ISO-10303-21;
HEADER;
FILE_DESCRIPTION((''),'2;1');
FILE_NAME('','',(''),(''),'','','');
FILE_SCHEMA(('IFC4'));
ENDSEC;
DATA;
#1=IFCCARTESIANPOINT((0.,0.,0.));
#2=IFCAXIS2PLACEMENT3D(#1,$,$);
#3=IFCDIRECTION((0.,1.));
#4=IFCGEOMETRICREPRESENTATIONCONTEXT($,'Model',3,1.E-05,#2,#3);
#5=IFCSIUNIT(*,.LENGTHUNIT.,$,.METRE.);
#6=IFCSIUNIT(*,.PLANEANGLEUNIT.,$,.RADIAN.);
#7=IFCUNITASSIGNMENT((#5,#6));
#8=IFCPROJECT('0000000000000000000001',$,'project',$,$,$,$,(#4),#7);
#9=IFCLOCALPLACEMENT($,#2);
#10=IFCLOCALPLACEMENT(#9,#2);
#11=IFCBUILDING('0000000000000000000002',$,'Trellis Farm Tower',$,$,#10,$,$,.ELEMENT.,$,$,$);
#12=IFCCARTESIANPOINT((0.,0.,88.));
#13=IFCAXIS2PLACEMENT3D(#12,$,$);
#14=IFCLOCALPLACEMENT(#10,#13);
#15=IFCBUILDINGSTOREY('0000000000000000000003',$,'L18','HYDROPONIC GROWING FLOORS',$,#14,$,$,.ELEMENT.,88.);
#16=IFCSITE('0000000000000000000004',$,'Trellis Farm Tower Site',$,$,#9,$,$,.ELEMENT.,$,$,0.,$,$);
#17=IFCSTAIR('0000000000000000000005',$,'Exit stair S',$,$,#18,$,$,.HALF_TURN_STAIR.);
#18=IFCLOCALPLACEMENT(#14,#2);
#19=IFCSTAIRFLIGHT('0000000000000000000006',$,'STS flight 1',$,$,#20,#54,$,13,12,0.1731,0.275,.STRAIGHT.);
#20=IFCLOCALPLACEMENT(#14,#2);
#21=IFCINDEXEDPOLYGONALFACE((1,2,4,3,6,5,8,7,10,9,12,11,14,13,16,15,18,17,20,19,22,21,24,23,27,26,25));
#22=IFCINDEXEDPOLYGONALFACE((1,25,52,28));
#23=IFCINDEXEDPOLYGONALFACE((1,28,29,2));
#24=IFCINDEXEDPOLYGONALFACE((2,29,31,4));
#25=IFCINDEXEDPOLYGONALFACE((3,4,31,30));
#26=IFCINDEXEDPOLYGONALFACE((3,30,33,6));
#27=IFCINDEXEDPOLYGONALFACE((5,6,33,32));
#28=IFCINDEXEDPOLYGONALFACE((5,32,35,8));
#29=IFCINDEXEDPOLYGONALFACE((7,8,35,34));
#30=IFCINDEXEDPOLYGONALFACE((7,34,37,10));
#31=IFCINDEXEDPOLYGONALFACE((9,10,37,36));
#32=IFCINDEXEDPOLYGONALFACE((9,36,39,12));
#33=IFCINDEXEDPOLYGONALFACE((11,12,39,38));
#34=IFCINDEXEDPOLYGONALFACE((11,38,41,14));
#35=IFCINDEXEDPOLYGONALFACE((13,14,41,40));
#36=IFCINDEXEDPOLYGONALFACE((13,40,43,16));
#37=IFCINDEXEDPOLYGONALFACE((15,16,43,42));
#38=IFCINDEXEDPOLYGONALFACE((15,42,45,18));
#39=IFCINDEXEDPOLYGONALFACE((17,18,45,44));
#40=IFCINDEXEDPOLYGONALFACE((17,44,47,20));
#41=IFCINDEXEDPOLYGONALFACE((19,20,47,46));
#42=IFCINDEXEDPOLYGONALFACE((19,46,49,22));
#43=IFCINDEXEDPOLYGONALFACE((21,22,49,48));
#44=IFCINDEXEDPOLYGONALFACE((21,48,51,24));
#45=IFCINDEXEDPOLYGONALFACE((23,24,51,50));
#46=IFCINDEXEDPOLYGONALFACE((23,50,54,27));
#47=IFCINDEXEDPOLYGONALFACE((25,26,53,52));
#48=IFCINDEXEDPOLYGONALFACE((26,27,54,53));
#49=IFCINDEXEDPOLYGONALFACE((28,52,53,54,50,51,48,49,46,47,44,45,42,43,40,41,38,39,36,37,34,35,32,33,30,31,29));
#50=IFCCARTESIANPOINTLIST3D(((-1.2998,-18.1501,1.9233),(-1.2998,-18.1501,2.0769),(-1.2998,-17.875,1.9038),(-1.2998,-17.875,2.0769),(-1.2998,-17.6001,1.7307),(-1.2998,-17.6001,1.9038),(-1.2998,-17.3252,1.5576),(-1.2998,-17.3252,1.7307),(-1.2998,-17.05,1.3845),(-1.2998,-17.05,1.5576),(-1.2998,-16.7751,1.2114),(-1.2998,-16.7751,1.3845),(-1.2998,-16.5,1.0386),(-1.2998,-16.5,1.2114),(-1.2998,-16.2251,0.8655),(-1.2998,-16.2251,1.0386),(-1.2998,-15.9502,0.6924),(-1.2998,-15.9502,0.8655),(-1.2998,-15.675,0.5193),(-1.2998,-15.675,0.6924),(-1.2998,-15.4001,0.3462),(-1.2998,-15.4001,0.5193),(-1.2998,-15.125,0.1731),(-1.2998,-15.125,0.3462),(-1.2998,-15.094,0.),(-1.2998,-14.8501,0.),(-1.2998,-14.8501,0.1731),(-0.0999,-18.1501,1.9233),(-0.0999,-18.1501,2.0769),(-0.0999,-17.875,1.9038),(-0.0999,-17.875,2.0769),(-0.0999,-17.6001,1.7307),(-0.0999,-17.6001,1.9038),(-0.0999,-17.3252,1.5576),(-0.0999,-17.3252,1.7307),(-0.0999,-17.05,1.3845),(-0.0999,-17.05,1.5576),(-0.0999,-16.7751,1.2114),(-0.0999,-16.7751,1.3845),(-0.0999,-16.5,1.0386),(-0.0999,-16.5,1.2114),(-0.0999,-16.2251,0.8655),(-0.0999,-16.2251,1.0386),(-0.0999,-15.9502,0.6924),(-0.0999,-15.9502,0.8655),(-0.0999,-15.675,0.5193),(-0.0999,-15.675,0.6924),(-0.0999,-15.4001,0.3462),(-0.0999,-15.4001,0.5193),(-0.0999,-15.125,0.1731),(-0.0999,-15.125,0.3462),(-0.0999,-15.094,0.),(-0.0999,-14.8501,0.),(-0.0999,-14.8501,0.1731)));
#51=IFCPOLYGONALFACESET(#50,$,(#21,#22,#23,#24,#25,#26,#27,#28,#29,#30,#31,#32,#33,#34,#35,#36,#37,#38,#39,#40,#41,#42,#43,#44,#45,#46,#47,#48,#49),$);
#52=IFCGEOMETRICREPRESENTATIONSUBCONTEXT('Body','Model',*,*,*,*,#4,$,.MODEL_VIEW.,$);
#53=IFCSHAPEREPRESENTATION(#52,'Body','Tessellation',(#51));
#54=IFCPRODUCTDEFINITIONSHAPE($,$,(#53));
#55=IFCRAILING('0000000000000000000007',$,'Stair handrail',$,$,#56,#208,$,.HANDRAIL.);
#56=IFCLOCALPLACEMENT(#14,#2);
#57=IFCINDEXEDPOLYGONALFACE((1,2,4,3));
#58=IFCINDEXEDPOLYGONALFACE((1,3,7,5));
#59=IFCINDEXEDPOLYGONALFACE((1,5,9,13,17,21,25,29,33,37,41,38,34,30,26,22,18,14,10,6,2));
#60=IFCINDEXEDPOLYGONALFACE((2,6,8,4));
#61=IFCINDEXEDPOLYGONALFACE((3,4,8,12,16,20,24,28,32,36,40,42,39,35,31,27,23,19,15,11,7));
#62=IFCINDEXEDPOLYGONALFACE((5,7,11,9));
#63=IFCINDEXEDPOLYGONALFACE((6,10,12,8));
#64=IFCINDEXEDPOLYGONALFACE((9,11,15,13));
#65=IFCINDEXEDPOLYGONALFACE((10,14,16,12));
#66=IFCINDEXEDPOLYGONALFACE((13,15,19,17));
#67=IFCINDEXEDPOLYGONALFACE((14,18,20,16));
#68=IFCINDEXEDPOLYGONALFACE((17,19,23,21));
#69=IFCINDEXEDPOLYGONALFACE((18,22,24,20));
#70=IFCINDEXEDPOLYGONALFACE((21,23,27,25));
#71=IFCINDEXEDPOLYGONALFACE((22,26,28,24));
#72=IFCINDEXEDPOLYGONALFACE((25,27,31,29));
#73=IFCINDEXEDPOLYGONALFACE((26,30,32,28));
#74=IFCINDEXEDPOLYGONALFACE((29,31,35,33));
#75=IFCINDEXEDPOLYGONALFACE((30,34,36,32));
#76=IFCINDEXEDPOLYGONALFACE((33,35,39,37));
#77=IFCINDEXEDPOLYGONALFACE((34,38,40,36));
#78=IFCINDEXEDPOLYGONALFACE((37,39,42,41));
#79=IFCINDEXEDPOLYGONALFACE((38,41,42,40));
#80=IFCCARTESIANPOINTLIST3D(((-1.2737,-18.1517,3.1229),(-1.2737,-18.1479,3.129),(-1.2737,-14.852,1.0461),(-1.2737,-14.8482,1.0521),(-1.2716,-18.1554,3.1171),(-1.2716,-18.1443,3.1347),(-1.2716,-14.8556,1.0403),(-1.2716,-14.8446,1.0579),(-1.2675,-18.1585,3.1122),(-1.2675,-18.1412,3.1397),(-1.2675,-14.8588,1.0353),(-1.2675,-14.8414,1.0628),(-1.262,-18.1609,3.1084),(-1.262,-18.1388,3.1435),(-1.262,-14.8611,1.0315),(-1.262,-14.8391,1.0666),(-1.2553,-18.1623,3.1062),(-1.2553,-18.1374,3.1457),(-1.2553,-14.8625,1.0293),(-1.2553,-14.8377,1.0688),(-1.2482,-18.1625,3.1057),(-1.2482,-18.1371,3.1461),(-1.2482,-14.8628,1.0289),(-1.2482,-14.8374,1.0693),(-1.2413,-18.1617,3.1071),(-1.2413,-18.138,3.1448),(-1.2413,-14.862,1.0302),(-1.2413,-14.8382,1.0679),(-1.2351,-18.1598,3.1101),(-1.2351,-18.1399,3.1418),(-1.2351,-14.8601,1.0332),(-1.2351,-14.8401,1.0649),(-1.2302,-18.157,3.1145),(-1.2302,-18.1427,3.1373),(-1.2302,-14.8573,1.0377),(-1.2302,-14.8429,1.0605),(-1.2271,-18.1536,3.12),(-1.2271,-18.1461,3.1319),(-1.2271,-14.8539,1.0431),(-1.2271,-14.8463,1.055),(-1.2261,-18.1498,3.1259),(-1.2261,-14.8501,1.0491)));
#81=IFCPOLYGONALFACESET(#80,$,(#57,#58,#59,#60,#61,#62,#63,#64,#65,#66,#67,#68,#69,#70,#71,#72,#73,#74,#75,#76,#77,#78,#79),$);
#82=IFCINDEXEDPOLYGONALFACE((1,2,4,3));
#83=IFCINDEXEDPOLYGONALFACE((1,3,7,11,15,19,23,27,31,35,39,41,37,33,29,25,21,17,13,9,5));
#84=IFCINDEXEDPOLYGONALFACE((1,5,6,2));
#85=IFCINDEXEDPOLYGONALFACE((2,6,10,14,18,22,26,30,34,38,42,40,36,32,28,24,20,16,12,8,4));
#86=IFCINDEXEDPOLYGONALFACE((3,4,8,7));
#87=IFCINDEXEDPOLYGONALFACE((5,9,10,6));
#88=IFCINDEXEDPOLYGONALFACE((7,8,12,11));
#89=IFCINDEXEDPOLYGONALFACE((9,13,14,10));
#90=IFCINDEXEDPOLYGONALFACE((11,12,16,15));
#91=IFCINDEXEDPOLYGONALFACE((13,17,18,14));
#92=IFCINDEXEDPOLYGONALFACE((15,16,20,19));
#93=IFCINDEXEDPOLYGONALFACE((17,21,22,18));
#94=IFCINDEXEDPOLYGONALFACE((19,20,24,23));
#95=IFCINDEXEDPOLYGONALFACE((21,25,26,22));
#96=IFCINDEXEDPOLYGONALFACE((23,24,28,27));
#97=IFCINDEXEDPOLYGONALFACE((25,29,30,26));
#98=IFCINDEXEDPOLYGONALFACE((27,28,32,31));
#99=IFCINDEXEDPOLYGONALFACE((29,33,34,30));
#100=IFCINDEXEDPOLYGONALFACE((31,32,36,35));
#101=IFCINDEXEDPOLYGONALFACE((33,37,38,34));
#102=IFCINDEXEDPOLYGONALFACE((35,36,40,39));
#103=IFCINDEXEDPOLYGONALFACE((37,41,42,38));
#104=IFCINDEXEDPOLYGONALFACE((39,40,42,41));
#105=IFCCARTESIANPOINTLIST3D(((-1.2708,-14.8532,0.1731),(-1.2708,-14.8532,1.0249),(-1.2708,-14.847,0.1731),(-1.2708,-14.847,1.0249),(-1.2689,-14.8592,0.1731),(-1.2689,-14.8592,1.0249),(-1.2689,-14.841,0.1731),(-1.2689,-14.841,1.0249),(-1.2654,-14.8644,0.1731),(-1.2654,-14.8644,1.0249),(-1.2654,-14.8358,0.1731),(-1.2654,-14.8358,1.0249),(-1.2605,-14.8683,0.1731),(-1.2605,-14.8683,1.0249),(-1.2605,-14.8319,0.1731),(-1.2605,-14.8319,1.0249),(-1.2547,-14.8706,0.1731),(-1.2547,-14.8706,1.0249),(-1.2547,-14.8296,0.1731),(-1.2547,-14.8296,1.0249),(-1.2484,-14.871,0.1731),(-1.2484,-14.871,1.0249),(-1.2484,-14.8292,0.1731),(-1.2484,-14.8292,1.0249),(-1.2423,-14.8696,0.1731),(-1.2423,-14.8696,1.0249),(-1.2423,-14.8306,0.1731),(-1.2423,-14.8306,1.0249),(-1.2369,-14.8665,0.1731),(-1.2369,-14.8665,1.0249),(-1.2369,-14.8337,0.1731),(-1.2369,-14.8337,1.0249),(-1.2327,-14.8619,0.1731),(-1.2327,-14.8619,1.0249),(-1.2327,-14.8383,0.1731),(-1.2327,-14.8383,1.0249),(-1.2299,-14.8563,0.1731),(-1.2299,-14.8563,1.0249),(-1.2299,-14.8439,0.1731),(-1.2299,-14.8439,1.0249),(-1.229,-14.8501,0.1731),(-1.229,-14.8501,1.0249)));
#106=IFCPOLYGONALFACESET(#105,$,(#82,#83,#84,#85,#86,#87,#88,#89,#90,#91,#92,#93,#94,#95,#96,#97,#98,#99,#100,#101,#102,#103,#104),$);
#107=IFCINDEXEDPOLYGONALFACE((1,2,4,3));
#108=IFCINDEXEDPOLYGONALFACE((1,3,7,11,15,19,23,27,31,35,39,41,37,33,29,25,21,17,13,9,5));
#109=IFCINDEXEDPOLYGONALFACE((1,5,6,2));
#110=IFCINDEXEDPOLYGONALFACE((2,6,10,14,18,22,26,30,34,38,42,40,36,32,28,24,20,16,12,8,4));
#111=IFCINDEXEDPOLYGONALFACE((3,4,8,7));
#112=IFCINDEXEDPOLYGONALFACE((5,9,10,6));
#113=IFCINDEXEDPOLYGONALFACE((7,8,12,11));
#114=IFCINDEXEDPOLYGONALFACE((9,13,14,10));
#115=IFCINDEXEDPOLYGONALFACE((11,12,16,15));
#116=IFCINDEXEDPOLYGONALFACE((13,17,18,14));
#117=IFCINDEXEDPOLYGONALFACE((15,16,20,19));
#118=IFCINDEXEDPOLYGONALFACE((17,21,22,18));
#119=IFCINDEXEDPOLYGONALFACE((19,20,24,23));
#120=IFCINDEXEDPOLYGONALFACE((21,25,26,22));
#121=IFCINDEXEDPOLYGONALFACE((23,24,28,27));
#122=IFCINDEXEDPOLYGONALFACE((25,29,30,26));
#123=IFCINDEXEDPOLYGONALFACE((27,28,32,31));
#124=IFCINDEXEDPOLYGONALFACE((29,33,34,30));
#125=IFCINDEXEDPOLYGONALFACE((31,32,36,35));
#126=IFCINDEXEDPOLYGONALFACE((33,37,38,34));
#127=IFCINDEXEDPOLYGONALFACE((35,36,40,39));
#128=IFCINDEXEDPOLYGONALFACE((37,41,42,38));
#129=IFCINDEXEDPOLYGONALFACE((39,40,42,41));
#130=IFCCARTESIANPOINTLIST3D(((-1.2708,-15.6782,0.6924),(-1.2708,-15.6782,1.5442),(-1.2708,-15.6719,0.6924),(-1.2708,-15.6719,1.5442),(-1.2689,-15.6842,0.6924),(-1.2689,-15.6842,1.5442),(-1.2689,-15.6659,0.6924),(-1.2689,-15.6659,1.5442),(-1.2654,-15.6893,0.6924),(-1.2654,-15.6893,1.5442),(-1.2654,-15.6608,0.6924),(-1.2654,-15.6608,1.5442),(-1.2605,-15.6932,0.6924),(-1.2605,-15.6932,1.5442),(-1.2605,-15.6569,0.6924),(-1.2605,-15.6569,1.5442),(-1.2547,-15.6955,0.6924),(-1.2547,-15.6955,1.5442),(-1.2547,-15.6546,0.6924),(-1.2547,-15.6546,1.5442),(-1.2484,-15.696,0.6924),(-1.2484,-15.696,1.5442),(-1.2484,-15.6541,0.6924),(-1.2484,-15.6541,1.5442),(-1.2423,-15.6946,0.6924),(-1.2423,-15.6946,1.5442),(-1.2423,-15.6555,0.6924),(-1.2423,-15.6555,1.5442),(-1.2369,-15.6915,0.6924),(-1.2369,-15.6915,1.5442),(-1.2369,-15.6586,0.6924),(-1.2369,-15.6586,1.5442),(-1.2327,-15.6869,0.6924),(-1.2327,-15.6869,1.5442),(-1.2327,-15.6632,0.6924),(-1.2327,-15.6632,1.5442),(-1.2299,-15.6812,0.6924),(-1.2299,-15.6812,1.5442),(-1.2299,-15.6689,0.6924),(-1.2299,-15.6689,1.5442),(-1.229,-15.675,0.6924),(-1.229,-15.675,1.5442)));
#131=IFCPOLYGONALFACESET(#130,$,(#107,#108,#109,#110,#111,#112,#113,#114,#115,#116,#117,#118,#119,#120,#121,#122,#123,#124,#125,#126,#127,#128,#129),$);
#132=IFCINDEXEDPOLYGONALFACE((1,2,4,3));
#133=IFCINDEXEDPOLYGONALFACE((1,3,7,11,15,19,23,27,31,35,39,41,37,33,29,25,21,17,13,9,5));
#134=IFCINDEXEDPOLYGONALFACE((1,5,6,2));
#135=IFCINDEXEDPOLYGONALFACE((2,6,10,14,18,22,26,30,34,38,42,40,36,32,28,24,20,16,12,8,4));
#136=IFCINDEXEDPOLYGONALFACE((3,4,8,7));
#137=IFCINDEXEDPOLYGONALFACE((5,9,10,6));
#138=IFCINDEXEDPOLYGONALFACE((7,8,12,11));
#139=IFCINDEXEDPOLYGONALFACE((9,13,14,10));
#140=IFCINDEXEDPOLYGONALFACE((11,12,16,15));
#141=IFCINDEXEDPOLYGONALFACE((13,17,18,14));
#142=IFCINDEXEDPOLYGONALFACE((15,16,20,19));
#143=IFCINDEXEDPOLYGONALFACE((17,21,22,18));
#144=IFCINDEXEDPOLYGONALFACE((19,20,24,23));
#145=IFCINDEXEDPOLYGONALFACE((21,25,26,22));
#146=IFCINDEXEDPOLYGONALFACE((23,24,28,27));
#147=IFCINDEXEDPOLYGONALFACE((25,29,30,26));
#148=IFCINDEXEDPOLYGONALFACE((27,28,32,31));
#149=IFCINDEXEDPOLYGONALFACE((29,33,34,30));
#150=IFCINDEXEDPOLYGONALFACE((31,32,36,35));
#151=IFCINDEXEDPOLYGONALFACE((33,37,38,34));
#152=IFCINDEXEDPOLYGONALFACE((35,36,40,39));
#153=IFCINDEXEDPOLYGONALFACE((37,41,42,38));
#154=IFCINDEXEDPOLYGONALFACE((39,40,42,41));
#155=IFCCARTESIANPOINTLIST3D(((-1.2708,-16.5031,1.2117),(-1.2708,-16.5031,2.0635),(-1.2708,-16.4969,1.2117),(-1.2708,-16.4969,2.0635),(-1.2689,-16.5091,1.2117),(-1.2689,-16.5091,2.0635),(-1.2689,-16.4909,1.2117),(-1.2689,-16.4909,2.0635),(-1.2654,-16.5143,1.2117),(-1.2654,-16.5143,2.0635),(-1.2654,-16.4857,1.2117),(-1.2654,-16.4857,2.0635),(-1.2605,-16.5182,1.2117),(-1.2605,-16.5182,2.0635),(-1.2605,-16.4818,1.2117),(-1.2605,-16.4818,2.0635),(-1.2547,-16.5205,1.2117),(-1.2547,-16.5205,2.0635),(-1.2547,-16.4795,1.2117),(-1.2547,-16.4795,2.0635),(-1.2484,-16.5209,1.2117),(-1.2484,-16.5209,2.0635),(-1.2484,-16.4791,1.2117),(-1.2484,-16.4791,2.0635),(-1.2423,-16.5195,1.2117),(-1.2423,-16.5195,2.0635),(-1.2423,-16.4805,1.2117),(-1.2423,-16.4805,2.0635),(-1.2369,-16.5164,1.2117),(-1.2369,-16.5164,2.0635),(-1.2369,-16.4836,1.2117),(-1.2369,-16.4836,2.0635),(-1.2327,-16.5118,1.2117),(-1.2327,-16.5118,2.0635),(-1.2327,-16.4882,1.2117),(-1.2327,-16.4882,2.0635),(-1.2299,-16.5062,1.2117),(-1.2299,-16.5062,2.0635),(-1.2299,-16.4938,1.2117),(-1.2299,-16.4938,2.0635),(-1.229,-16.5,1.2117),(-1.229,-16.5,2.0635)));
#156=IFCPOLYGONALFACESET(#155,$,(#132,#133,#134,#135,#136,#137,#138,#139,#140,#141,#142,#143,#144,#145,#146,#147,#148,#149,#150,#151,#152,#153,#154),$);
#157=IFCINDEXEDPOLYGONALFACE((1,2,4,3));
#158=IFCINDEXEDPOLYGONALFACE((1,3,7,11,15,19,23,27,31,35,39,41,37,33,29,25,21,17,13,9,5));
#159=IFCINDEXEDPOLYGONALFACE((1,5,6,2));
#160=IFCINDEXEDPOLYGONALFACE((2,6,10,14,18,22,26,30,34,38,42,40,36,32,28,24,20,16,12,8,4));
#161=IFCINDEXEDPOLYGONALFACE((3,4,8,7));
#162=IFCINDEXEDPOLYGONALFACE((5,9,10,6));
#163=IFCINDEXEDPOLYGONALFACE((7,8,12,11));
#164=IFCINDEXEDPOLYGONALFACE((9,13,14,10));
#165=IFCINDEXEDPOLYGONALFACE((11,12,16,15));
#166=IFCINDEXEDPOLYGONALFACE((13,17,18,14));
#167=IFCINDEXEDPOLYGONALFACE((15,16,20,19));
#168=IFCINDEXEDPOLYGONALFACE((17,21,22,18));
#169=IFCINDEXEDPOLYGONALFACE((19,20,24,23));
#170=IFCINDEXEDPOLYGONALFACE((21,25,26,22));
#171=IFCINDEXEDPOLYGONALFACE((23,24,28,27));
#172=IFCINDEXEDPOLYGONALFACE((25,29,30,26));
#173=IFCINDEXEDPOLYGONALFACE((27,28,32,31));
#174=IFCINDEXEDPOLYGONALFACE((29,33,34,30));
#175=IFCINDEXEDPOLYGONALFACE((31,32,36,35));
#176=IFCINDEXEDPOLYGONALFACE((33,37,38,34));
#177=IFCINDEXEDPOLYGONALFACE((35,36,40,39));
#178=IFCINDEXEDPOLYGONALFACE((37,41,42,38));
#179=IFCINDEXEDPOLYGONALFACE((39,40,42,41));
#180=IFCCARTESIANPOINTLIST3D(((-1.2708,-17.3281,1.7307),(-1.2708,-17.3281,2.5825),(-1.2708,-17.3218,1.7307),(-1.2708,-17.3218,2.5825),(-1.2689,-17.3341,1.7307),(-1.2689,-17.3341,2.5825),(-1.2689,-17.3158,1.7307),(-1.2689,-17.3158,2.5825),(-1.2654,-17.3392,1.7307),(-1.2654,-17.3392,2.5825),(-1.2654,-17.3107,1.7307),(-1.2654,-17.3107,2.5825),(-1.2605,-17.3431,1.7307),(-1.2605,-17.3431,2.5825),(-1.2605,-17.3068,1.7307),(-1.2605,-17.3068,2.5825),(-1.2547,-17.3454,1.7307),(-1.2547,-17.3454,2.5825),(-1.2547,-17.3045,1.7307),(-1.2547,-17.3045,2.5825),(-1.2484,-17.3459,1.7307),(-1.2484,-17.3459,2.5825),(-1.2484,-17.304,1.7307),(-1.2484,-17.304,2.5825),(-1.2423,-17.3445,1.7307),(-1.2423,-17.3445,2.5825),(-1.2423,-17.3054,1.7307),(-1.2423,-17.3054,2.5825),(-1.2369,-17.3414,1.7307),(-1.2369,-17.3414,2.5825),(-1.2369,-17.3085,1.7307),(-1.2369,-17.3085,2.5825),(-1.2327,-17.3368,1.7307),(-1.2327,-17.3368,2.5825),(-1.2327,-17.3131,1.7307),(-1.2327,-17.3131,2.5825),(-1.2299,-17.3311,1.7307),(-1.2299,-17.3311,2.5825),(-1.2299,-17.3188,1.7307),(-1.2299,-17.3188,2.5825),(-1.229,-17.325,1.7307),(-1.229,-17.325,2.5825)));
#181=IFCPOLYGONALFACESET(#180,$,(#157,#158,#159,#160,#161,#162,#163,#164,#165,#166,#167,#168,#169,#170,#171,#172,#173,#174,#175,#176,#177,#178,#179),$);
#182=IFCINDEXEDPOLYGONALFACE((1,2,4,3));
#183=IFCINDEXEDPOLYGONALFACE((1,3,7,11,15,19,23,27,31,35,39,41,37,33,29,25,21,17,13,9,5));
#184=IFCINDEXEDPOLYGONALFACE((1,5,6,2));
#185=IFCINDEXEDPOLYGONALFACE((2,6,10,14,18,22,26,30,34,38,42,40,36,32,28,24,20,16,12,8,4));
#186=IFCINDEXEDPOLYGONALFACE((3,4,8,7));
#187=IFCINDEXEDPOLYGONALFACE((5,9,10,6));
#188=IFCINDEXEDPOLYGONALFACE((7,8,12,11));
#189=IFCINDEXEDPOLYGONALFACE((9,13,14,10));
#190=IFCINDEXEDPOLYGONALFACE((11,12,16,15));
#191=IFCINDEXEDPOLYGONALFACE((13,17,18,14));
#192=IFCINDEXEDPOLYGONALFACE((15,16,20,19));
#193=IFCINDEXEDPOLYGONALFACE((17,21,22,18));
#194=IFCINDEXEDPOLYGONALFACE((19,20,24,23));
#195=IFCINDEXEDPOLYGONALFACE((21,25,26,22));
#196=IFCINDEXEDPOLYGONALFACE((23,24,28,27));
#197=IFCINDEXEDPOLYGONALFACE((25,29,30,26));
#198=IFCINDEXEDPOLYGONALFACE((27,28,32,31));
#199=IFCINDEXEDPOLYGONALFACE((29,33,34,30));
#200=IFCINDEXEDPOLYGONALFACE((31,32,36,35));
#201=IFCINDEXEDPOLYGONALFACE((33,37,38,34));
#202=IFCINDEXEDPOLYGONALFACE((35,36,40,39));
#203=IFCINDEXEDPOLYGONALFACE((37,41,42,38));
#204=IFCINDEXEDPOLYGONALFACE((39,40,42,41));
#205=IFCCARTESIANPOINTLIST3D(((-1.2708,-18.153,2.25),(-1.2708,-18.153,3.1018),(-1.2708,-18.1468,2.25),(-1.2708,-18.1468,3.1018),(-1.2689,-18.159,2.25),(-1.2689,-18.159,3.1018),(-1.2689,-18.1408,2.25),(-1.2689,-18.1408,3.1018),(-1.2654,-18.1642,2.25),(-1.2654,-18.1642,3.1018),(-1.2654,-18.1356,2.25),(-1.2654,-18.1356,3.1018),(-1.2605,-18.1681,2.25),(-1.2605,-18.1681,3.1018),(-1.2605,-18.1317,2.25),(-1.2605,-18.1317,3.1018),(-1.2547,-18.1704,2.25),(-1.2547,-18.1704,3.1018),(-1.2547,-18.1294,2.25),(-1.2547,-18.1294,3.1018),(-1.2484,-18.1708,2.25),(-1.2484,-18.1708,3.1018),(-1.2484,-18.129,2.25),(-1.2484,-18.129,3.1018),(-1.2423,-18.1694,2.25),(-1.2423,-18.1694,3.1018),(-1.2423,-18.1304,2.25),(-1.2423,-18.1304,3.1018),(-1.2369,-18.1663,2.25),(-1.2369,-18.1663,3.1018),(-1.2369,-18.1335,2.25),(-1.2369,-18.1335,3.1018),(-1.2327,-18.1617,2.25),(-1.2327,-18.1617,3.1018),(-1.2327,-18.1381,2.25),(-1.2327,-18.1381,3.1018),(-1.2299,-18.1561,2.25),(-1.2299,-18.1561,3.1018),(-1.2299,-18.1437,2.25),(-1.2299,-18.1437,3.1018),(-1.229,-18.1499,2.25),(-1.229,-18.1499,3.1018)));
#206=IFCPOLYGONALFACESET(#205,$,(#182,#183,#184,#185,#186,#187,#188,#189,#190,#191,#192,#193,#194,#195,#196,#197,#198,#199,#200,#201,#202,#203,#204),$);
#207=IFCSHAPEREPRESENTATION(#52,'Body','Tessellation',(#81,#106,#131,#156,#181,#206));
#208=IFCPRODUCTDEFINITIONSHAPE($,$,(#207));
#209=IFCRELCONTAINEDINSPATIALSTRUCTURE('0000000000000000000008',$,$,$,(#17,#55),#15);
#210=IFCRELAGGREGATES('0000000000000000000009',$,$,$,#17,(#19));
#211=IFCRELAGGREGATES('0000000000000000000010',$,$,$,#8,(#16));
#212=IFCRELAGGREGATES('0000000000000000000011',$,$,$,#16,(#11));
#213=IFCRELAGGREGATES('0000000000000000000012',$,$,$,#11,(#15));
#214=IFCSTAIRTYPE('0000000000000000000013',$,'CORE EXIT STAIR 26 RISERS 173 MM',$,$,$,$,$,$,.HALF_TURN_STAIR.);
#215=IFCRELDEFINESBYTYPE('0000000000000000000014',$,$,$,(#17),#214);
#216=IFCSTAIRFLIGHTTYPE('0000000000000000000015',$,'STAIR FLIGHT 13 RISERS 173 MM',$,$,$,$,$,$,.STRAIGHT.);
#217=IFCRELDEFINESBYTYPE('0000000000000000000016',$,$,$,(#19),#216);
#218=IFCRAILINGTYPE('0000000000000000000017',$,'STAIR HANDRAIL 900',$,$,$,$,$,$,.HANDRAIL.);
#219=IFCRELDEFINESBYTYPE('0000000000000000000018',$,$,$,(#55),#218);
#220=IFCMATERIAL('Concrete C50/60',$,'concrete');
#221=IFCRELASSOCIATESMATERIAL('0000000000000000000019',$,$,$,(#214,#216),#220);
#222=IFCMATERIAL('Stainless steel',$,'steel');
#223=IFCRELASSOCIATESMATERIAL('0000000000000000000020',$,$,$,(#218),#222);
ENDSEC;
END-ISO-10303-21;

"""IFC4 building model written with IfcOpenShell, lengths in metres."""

from ifc_helpers import new_model, si_unit, direction, frame, origin, origin_2d, place, context, subcontext, project, spatial, polyline, circle, outline, extrude, source, transform, mapped, material, type_object, element, aggregate, save


model = new_model("IFC4")

# Units and contexts
model_context = context("Model", 3, precision=1e-05, world=origin(), true_north=direction((0.0, 1.0)))
body_context = subcontext(model_context, "Body", "Model", "MODEL_VIEW")
ifc_project = project(units=[si_unit("LENGTHUNIT", "METRE"), si_unit("PLANEANGLEUNIT", "RADIAN")], contexts=[model_context])

# Site, building, storey
site_placement = place(None, origin())
site = spatial("IfcSite", under=ifc_project, at=site_placement, Name="Trellis Farm Tower Site", CompositionType="ELEMENT", RefElevation=0.0)
building_placement = place(site_placement, origin())
building = spatial("IfcBuilding", under=site, at=building_placement, Name="Trellis Farm Tower", CompositionType="ELEMENT")
storey_placement = place(building_placement, frame((0.0, 0.0, 88.0)))
storey = spatial("IfcBuildingStorey", under=building, at=storey_placement, Name="L18", Description="HYDROPONIC GROWING FLOORS", CompositionType="ELEMENT", Elevation=88.0)

# Shared definitions
placement = place(storey_placement, origin())

# Stair, stair flight
ifc_material_1 = material(Name="Concrete C50/60", Category="concrete")
stair_type = type_object("IfcStairType", Name="CORE EXIT STAIR 26 RISERS 173 MM", PredefinedType="HALF_TURN_STAIR", material=ifc_material_1)
stair = element("IfcStair", 1, at=placement, inside=storey, type_object=stair_type, Name="Exit stair S", PredefinedType="HALF_TURN_STAIR")
stair_flight_type = type_object("IfcStairFlightType", Name="STAIR FLIGHT 13 RISERS 173 MM", PredefinedType="STRAIGHT", material=ifc_material_1)
shared_shape_1 = source(origin(), body_context, "Body", "SweptSolid", [
    extrude(outline(polyline([(0.0, 0.0), (0.0, 0.1731), (0.2749, 0.1731), (0.2749, 0.3462), (0.55, 0.3462), (0.55, 0.5193), (0.825, 0.5193), (0.825, 0.6924), (1.1001, 0.6924), (1.1001, 0.8655), (1.375, 0.8655), (1.375, 1.0386), (1.6499, 1.0386), (1.6499, 1.2114), (1.925, 1.2114), (1.925, 1.3845), (2.2, 1.3845), (2.2, 1.5576), (2.4751, 1.5576), (2.4751, 1.7307), (2.75, 1.7307), (2.75, 1.9038), (3.0249, 1.9038), (3.0249, 2.0769), (3.3, 2.0769), (3.3, 2.25), (3.3, 1.9233), (0.2439, 0.0), (0.0, 0.0)])), frame((0.0, 0.6001, 0.0), z_axis=(0.0, -1.0, 0.0), x_axis=(1.0, 0.0, 0.0)), (0.0, 0.0, 1.0), 1.2),
])
stair_flight_placement = place(storey_placement, frame((-0.7, -14.8501, 0.0), z_axis=(0.0, 0.0, 1.0), x_axis=(0.0, -1.0, 0.0)))
stair_flight = element("IfcStairFlight", 2, at=stair_flight_placement, type_object=stair_flight_type, Name="STS flight 1", NumberOfRisers=13, NumberOfTreads=12, PredefinedType="STRAIGHT", RiserHeight=0.1731, TreadLength=0.275, context=body_context, shape_type="MappedRepresentation", body=[
    mapped(shared_shape_1, transform((0.0, 0.0, 0.0))),
])
aggregate(stair, [stair_flight])

# Railing
ifc_material_2 = material(Name="Stainless steel", Category="steel")
railing_type = type_object("IfcRailingType", Name="STAIR HANDRAIL 900", PredefinedType="HANDRAIL", material=ifc_material_2)
shared_shape_2 = source(origin(), body_context, "Body", "SweptSolid", [
    extrude(circle(Radius=0.0239, at=origin_2d()), frame((0.0, 0.0, 0.876), z_axis=(0.0, -0.84632, 0.532675), x_axis=(1.0, 0.0, 0.0)), (0.0, 0.0, 1.0), 3.8989),
    extrude(circle(Radius=0.021, at=origin_2d()), origin(), (0.0, 0.0, 1.0), 0.8518),
    extrude(circle(Radius=0.021, at=origin_2d()), frame((0.0, -0.825, 0.5193)), (0.0, 0.0, 1.0), 0.8518),
    extrude(circle(Radius=0.021, at=origin_2d()), frame((0.0, -1.6499, 1.0386)), (0.0, 0.0, 1.0), 0.8518),
    extrude(circle(Radius=0.021, at=origin_2d()), frame((0.0, -2.4749, 1.5576)), (0.0, 0.0, 1.0), 0.8518),
    extrude(circle(Radius=0.021, at=origin_2d()), frame((0.0, -3.2998, 2.0769)), (0.0, 0.0, 1.0), 0.8518),
])
railing_placement = place(storey_placement, frame((-1.25, -14.8501, 0.1731)))
element("IfcRailing", 3, at=railing_placement, inside=storey, type_object=railing_type, Name="Stair handrail", PredefinedType="HANDRAIL", context=body_context, shape_type="MappedRepresentation", body=[
    mapped(shared_shape_2, transform((0.0, 0.0, 0.0))),
])

save(model, "model.ifc")
